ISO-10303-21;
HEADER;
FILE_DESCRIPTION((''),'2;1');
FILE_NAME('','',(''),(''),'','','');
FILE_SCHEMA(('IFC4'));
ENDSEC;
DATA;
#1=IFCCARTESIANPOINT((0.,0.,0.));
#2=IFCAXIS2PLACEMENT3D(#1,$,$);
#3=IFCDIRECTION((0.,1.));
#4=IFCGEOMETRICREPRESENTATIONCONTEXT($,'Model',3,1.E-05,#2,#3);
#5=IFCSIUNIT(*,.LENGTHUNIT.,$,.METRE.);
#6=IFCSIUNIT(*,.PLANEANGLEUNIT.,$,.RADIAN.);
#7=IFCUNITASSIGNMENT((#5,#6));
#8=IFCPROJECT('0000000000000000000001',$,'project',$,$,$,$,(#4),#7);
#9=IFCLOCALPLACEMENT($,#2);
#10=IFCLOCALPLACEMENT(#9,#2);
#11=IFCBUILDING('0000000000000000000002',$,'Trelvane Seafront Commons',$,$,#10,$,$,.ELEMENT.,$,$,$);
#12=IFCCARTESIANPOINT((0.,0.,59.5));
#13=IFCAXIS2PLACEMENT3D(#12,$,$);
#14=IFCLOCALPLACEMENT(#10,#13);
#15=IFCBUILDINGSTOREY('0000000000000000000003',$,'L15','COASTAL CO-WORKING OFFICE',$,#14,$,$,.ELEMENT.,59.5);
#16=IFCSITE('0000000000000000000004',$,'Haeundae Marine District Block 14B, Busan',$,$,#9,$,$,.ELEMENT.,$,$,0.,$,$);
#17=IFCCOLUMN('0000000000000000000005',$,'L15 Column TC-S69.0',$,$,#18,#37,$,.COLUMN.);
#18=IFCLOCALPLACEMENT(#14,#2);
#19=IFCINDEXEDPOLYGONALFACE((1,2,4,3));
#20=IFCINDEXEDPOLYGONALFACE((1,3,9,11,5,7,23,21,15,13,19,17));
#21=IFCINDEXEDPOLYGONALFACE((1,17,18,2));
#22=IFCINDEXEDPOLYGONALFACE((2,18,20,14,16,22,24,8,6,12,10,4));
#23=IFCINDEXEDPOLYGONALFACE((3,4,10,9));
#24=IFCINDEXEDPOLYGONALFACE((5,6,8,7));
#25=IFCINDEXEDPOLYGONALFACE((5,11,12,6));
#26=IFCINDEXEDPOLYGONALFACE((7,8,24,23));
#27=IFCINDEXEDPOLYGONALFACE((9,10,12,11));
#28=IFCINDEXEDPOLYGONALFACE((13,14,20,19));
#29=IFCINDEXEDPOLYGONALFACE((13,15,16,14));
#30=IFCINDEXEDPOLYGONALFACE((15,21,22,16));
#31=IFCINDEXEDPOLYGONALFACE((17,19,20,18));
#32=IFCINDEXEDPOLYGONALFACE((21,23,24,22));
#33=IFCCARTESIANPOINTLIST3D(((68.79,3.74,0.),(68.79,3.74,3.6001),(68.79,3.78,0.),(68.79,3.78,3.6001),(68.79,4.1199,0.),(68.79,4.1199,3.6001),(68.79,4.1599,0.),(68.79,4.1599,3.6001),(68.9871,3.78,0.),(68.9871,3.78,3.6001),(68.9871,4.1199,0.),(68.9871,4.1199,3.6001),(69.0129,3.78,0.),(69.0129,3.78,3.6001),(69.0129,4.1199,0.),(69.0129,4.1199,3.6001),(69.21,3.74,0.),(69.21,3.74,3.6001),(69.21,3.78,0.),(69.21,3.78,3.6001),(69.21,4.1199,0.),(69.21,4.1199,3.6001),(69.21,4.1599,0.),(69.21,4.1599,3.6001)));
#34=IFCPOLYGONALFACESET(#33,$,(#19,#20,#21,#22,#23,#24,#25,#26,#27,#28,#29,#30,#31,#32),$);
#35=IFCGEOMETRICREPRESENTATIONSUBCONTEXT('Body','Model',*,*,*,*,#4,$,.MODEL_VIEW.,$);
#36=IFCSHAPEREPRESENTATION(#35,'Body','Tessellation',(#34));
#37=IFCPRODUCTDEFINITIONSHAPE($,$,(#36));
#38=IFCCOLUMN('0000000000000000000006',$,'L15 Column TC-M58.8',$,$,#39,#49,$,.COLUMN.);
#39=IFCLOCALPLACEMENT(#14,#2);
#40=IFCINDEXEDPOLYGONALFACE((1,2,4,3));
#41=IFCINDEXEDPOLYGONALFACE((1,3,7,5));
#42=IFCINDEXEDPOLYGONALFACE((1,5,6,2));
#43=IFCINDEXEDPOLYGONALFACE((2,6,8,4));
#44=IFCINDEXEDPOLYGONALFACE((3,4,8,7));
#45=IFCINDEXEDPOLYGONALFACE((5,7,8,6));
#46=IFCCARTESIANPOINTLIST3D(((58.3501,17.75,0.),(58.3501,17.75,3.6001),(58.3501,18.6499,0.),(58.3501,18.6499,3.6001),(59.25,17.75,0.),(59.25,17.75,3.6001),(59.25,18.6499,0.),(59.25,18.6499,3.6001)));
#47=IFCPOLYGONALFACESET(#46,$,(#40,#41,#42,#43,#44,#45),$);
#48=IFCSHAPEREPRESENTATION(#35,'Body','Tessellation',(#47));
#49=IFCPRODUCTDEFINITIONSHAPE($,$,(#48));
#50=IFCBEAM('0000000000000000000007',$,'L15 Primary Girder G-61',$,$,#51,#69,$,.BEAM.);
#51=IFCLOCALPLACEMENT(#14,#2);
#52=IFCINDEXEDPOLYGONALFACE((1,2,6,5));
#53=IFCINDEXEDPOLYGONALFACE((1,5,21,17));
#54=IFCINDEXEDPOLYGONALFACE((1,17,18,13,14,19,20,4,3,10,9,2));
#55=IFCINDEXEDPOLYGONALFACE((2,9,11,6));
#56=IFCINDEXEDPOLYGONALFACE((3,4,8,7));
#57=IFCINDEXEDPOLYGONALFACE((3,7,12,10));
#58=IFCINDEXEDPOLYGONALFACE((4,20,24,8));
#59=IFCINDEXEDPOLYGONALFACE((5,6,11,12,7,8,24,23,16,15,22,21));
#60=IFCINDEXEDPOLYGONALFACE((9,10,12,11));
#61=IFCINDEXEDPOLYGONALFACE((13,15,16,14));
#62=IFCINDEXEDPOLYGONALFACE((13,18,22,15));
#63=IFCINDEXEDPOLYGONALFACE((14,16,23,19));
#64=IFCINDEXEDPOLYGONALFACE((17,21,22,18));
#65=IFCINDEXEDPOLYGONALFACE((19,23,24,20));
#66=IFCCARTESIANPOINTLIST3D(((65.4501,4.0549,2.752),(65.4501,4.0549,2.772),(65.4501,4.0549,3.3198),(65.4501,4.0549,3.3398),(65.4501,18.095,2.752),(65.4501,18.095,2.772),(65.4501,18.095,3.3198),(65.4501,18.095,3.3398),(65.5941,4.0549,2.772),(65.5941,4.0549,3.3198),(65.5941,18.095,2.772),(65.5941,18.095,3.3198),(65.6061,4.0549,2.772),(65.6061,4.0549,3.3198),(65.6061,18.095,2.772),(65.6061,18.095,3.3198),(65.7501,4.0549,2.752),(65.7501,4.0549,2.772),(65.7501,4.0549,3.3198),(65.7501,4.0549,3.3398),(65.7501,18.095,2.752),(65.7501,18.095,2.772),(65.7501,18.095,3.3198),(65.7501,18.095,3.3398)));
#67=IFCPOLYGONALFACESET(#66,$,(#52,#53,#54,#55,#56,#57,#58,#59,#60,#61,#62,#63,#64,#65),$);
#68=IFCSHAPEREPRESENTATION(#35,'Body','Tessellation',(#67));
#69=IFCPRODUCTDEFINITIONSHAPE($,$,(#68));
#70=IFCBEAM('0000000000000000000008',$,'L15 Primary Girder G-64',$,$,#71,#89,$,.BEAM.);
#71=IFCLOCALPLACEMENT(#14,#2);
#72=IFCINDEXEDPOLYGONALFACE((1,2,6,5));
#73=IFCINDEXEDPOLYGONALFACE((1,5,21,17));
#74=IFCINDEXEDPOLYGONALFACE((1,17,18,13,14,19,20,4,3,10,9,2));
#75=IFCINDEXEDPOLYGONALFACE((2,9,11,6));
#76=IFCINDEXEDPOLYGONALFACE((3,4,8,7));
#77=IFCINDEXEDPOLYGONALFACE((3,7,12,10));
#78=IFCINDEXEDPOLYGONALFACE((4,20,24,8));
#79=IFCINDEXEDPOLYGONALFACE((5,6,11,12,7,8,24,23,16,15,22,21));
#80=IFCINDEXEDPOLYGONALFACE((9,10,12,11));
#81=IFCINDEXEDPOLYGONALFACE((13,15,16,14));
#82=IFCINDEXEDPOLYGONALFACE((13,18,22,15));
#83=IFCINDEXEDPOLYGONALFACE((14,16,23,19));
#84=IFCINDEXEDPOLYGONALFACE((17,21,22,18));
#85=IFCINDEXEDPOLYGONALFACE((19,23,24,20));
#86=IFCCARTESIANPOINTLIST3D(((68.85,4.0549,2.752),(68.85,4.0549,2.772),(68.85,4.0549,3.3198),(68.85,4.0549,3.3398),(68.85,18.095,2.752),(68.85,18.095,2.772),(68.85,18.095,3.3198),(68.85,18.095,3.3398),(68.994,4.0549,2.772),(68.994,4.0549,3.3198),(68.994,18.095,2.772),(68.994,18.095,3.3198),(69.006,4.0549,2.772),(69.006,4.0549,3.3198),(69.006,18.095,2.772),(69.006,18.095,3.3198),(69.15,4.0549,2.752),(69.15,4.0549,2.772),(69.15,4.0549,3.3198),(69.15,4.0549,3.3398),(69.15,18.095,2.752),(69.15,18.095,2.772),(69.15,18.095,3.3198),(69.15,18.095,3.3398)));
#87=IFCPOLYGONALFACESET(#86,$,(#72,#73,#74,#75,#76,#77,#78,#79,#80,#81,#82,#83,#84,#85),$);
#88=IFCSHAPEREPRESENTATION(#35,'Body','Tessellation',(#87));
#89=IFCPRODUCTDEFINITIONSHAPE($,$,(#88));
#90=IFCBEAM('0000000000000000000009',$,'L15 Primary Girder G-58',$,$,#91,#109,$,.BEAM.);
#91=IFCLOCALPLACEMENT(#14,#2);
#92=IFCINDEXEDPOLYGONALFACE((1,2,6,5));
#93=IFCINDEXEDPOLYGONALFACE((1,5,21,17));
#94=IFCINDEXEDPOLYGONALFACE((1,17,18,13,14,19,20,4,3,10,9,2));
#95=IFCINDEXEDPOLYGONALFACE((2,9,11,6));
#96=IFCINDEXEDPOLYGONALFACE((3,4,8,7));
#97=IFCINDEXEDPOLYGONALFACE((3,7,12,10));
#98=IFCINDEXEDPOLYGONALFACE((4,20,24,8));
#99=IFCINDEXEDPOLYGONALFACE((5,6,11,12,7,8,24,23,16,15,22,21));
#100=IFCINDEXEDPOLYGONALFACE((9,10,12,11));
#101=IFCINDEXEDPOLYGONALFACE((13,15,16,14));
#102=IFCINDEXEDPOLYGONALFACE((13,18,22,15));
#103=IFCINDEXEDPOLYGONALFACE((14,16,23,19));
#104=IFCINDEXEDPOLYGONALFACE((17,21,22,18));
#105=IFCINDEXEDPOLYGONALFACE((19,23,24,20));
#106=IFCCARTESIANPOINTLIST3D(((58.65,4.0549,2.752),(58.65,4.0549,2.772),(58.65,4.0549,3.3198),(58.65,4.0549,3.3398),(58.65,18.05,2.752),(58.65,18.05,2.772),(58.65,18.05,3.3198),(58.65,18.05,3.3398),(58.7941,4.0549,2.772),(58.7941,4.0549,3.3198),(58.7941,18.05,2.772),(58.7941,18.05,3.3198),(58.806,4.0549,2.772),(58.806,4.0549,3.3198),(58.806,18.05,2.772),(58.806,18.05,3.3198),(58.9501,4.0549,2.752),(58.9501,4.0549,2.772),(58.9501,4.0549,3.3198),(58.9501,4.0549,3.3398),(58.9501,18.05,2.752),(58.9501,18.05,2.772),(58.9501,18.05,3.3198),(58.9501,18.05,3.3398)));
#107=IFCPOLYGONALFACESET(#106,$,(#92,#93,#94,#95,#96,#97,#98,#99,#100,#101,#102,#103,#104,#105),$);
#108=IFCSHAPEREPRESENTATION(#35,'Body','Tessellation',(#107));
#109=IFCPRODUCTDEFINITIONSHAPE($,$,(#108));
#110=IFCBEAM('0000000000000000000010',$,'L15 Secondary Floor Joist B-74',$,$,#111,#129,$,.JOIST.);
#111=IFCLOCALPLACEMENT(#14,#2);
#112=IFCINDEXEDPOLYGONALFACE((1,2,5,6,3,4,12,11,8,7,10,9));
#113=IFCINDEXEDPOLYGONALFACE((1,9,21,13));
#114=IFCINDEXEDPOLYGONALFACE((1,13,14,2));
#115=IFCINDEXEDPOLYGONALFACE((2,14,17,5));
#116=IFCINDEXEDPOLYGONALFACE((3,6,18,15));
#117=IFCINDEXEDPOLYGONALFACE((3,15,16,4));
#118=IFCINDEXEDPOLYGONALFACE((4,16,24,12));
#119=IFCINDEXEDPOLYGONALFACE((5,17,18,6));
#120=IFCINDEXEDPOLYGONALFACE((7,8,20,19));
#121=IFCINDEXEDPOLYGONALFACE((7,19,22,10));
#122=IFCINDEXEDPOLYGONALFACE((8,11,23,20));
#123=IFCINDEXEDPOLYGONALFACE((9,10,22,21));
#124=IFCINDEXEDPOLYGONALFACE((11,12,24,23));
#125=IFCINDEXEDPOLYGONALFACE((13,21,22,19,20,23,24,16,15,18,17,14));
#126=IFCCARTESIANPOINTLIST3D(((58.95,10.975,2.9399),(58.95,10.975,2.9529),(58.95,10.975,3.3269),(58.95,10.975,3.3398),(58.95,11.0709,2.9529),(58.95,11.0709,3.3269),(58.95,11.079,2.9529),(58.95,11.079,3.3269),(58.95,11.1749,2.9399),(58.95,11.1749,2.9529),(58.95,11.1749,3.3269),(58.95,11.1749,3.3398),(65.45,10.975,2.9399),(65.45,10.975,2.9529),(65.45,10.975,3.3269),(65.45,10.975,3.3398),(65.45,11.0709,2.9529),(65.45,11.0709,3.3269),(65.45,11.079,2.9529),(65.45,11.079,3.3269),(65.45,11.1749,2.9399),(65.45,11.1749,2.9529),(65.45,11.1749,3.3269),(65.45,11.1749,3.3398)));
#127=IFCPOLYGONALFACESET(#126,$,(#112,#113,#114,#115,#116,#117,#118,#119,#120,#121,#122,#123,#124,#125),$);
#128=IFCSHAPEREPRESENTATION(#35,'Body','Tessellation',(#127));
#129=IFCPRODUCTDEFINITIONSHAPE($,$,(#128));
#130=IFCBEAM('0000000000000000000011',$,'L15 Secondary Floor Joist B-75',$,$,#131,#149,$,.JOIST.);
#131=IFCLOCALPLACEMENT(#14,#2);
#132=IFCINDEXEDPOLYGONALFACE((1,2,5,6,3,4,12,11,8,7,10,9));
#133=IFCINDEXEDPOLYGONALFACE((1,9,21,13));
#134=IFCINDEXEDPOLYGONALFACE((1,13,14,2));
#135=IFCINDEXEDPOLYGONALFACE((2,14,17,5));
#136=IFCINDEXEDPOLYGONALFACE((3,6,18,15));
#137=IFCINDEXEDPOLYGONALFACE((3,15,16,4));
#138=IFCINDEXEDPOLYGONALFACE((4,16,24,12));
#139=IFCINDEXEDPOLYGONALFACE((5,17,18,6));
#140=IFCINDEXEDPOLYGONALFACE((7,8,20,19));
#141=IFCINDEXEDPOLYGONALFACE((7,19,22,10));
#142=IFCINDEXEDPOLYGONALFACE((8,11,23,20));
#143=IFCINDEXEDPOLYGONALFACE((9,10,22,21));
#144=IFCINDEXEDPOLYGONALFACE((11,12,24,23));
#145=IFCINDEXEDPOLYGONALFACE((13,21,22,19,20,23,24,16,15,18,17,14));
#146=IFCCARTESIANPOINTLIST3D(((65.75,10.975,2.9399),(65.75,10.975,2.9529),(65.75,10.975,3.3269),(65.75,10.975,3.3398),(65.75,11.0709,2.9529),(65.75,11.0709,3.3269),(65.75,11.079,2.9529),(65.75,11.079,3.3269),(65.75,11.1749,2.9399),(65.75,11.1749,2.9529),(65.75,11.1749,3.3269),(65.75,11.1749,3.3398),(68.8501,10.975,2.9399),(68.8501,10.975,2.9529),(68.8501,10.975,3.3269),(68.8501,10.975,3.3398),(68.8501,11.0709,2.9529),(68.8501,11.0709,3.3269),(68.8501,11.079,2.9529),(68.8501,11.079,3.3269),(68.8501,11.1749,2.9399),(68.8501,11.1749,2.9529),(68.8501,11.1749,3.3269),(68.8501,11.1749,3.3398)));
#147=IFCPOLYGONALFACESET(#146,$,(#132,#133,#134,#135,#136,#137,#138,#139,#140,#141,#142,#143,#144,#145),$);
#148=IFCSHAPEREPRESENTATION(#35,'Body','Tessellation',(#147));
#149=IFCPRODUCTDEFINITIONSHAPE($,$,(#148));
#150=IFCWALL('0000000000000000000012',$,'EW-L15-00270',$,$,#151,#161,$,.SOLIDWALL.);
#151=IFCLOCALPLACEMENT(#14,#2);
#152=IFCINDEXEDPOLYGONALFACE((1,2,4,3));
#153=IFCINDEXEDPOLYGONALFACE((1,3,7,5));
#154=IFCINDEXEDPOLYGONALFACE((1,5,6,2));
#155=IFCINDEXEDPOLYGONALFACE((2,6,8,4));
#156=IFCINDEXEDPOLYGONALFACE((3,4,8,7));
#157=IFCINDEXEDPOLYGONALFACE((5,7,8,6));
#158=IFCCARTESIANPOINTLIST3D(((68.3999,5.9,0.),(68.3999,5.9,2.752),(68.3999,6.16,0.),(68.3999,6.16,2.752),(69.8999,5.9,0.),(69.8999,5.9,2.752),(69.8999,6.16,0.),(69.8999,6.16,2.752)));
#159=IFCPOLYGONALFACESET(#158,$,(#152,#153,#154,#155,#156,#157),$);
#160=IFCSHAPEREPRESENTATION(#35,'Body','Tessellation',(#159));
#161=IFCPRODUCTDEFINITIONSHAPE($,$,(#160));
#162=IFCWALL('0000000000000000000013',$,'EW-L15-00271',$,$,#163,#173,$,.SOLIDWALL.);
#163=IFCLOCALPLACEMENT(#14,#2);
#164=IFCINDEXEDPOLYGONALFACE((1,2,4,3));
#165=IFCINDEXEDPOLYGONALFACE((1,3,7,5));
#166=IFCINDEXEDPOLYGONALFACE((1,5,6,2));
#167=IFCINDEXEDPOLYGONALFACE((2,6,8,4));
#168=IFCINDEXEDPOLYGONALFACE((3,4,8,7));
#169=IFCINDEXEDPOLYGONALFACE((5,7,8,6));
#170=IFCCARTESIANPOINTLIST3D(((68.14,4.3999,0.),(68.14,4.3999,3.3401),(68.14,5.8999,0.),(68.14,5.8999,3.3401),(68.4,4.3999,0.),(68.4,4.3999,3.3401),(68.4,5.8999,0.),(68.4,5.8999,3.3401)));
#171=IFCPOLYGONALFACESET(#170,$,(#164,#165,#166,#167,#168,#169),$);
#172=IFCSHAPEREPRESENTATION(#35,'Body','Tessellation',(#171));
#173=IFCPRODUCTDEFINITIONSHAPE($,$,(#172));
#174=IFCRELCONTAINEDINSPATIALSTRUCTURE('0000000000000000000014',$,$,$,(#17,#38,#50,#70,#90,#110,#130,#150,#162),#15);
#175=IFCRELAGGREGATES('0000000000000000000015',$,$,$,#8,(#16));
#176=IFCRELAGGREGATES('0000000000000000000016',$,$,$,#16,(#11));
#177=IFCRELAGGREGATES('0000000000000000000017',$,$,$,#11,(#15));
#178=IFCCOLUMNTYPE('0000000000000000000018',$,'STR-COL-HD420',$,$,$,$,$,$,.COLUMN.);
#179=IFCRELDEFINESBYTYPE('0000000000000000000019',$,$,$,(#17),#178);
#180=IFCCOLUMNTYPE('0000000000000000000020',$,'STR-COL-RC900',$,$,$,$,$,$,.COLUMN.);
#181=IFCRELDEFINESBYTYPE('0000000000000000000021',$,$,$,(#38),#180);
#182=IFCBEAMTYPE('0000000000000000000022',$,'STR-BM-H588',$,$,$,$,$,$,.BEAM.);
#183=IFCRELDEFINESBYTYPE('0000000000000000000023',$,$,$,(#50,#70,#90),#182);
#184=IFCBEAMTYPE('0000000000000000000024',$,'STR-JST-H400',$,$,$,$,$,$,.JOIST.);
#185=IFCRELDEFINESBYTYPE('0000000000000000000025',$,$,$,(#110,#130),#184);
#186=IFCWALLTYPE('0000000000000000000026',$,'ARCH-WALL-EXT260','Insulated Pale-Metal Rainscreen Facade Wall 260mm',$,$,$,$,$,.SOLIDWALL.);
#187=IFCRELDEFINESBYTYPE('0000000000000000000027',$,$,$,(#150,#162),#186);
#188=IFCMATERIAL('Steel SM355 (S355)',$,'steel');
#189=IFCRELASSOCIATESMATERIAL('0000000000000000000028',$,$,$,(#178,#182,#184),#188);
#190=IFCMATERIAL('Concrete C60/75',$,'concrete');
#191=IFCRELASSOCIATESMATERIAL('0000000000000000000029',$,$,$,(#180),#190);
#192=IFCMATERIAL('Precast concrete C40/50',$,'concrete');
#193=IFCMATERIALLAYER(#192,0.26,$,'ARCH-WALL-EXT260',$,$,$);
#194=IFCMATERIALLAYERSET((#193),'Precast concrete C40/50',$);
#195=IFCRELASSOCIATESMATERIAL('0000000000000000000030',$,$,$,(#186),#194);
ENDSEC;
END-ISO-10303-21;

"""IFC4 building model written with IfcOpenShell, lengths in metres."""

from ifc_helpers import new_model, si_unit, direction, frame, frame_2d, origin, origin_2d, place, context, subcontext, project, spatial, rectangle, i_section, extrude, source, transform, mapped, material, layer, layer_set, material_profile, profile_set, type_object, element, save


model = new_model("IFC4")

# Units and contexts
model_context = context("Model", 3, precision=1e-05, world=origin(), true_north=direction((0.0, 1.0)))
body_context = subcontext(model_context, "Body", "Model", "MODEL_VIEW")
ifc_project = project(units=[si_unit("LENGTHUNIT", "METRE"), si_unit("PLANEANGLEUNIT", "RADIAN")], contexts=[model_context])

# Site, building, storey
site_placement = place(None, origin())
site = spatial("IfcSite", under=ifc_project, at=site_placement, Name="Haeundae Marine District Block 14B, Busan", CompositionType="ELEMENT", RefElevation=0.0)
building_placement = place(site_placement, origin())
building = spatial("IfcBuilding", under=site, at=building_placement, Name="Trelvane Seafront Commons", CompositionType="ELEMENT")
storey_placement = place(building_placement, frame((0.0, 0.0, 59.5)))
storey = spatial("IfcBuildingStorey", under=building, at=storey_placement, Name="L15", Description="COASTAL CO-WORKING OFFICE", CompositionType="ELEMENT", Elevation=59.5)

# Columns
ifc_material_1 = material(Name="Steel SM355 (S355)", Category="steel")
ifc_material_profile_1 = material_profile(ifc_material_1, i_section(OverallWidth=0.4199, OverallDepth=0.4199, WebThickness=0.0259, FlangeThickness=0.04, at=origin_2d()), Name="HD-420x420x26x40")
ifc_profile_set_1 = profile_set([ifc_material_profile_1], Name="Steel SM355 (S355)")
column_type_1 = type_object("IfcColumnType", Name="STR-COL-HD420", PredefinedType="COLUMN", material=ifc_profile_set_1)
shared_shape_1 = source(origin(), body_context, "Body", "SweptSolid", [
    extrude(i_section(OverallWidth=0.4199, OverallDepth=0.4199, WebThickness=0.0259, FlangeThickness=0.04, at=origin_2d()), origin(), (0.0, 0.0, 1.0), 3.6001),
])
column_1_placement = place(storey_placement, frame((69.0, 3.95, 0.0), z_axis=(0.0, 0.0, 1.0), x_axis=(1.0, 0.0, 0.0)))
element("IfcColumn", 1, at=column_1_placement, inside=storey, type_object=column_type_1, Name="L15 Column TC-S69.0", PredefinedType="COLUMN", context=body_context, shape_type="MappedRepresentation", body=[
    mapped(shared_shape_1, transform((0.0, 0.0, 0.0), x_axis=(1.0, 0.0, 0.0), y_axis=(0.0, 1.0, 0.0), z_axis=(0.0, 0.0, 1.0), scale=1.0)),
])
ifc_material_2 = material(Name="Concrete C60/75", Category="concrete")
ifc_material_profile_2 = material_profile(ifc_material_2, rectangle(XDim=0.8999, YDim=0.8999, at=origin_2d()), Name="RC-900x900")
ifc_profile_set_2 = profile_set([ifc_material_profile_2], Name="Concrete C60/75")
column_type_2 = type_object("IfcColumnType", Name="STR-COL-RC900", PredefinedType="COLUMN", material=ifc_profile_set_2)
shared_shape_2 = source(origin(), body_context, "Body", "SweptSolid", [
    extrude(rectangle(XDim=0.8999, YDim=0.8999, at=origin_2d()), origin(), (0.0, 0.0, 1.0), 3.6001),
])
column_2_placement = place(storey_placement, frame((58.8, 18.2, 0.0), z_axis=(0.0, 0.0, 1.0), x_axis=(1.0, 0.0, 0.0)))
element("IfcColumn", 2, at=column_2_placement, inside=storey, type_object=column_type_2, Name="L15 Column TC-M58.8", PredefinedType="COLUMN", context=body_context, shape_type="MappedRepresentation", body=[
    mapped(shared_shape_2, transform((0.0, 0.0, 0.0), x_axis=(1.0, 0.0, 0.0), y_axis=(0.0, 1.0, 0.0), z_axis=(0.0, 0.0, 1.0), scale=1.0)),
])

# Beams
ifc_material_profile_3 = material_profile(ifc_material_1, i_section(OverallWidth=0.3, OverallDepth=0.5879, WebThickness=0.012, FlangeThickness=0.02, at=origin_2d()), Name="H-588x300x12x20")
ifc_profile_set_3 = profile_set([ifc_material_profile_3], Name="Steel SM355 (S355)")
beam_type_1 = type_object("IfcBeamType", Name="STR-BM-H588", PredefinedType="BEAM", material=ifc_profile_set_3)
shared_shape_3 = source(origin(), body_context, "Body", "SweptSolid", [
    extrude(i_section(OverallWidth=0.3, OverallDepth=0.5879, WebThickness=0.012, FlangeThickness=0.02, at=origin_2d()), origin(), (0.0, 0.0, 1.0), 14.04),
])
for number, where, z_axis, x_axis, name in (
    (3, (65.6001, 4.0549, 3.0459), (0.0, 1.0, 0.0), (-1.0, 0.0, 0.0), "L15 Primary Girder G-61"),
    (4, (69.0, 4.0549, 3.0459), (0.0, 1.0, 0.0), (-1.0, 0.0, 0.0), "L15 Primary Girder G-64"),
):
    element("IfcBeam", number, at=place(storey_placement, frame(where, z_axis=z_axis, x_axis=x_axis)), inside=storey, type_object=beam_type_1, Name=name, PredefinedType="BEAM", context=body_context, shape_type="MappedRepresentation", body=[
        mapped(shared_shape_3, transform((0.0, 0.0, 0.0), x_axis=(1.0, 0.0, 0.0), y_axis=(0.0, 1.0, 0.0), z_axis=(0.0, 0.0, 1.0), scale=1.0)),
    ])
shared_shape_4 = source(origin(), body_context, "Body", "SweptSolid", [
    extrude(i_section(OverallWidth=0.3, OverallDepth=0.5879, WebThickness=0.012, FlangeThickness=0.02, at=origin_2d()), origin(), (0.0, 0.0, 1.0), 13.9951),
])
beam_1_placement = place(storey_placement, frame((58.8, 4.0549, 3.0459), z_axis=(0.0, 1.0, 0.0), x_axis=(-1.0, 0.0, 0.0)))
element("IfcBeam", 5, at=beam_1_placement, inside=storey, type_object=beam_type_1, Name="L15 Primary Girder G-58", PredefinedType="BEAM", context=body_context, shape_type="MappedRepresentation", body=[
    mapped(shared_shape_4, transform((0.0, 0.0, 0.0), x_axis=(1.0, 0.0, 0.0), y_axis=(0.0, 1.0, 0.0), z_axis=(0.0, 0.0, 1.0), scale=1.0)),
])
ifc_material_profile_4 = material_profile(ifc_material_1, i_section(OverallWidth=0.2, OverallDepth=0.3999, WebThickness=0.0081, FlangeThickness=0.0129, at=origin_2d()), Name="H-400x200x8x13")
ifc_profile_set_4 = profile_set([ifc_material_profile_4], Name="Steel SM355 (S355)")
beam_type_2 = type_object("IfcBeamType", Name="STR-JST-H400", PredefinedType="JOIST", material=ifc_profile_set_4)
shared_shape_5 = source(origin(), body_context, "Body", "SweptSolid", [
    extrude(i_section(OverallWidth=0.2, OverallDepth=0.3999, WebThickness=0.0081, FlangeThickness=0.0129, at=origin_2d()), origin(), (0.0, 0.0, 1.0), 6.5),
])
beam_2_placement = place(storey_placement, frame((58.95, 11.075, 3.1399), z_axis=(1.0, 0.0, 0.0), x_axis=(0.0, 1.0, 0.0)))
element("IfcBeam", 6, at=beam_2_placement, inside=storey, type_object=beam_type_2, Name="L15 Secondary Floor Joist B-74", PredefinedType="JOIST", context=body_context, shape_type="MappedRepresentation", body=[
    mapped(shared_shape_5, transform((0.0, 0.0, 0.0), x_axis=(1.0, 0.0, 0.0), y_axis=(0.0, 1.0, 0.0), z_axis=(0.0, 0.0, 1.0), scale=1.0)),
])
shared_shape_6 = source(origin(), body_context, "Body", "SweptSolid", [
    extrude(i_section(OverallWidth=0.2, OverallDepth=0.3999, WebThickness=0.0081, FlangeThickness=0.0129, at=origin_2d()), origin(), (0.0, 0.0, 1.0), 3.1001),
])
beam_3_placement = place(storey_placement, frame((65.75, 11.075, 3.1399), z_axis=(1.0, 0.0, 0.0), x_axis=(0.0, 1.0, 0.0)))
element("IfcBeam", 7, at=beam_3_placement, inside=storey, type_object=beam_type_2, Name="L15 Secondary Floor Joist B-75", PredefinedType="JOIST", context=body_context, shape_type="MappedRepresentation", body=[
    mapped(shared_shape_6, transform((0.0, 0.0, 0.0), x_axis=(1.0, 0.0, 0.0), y_axis=(0.0, 1.0, 0.0), z_axis=(0.0, 0.0, 1.0), scale=1.0)),
])

# Walls
ifc_material_3 = material(Name="Precast concrete C40/50", Category="concrete")
ifc_layer_1 = layer(ifc_material_3, 0.26, Name="ARCH-WALL-EXT260")
ifc_layer_set_1 = layer_set([ifc_layer_1], Name="Precast concrete C40/50")
wall_type_1 = type_object("IfcWallType", Name="ARCH-WALL-EXT260", Description="Insulated Pale-Metal Rainscreen Facade Wall 260mm", PredefinedType="SOLIDWALL", material=ifc_layer_set_1)
wall_1_placement = place(storey_placement, frame((69.8999, 6.03, 0.0), z_axis=(0.0, 0.0, 1.0), x_axis=(-1.0, 0.0, 0.0)))
element("IfcWall", 8, at=wall_1_placement, inside=storey, type_object=wall_type_1, Name="EW-L15-00270", PredefinedType="SOLIDWALL", context=body_context, shape_type="SweptSolid", body=[
    extrude(rectangle(XDim=1.5, YDim=0.26, at=frame_2d((0.75, 0.0))), origin(), (0.0, 0.0, 1.0), 2.752),
])
for number, where, z_axis, x_axis, name in (
    (9, (68.27, 5.8999, 0.0), (0.0, 0.0, 1.0), (0.0, -1.0, 0.0), "EW-L15-00271"),
):
    element("IfcWall", number, at=place(storey_placement, frame(where, z_axis=z_axis, x_axis=x_axis)), inside=storey, type_object=wall_type_1, Name=name, PredefinedType="SOLIDWALL", context=body_context, shape_type="SweptSolid", body=[
        extrude(rectangle(XDim=1.5, YDim=0.26, at=frame_2d((0.75, 0.0))), origin(), (0.0, 0.0, 1.0), 3.3401),
    ])

save(model, "model.ifc")
